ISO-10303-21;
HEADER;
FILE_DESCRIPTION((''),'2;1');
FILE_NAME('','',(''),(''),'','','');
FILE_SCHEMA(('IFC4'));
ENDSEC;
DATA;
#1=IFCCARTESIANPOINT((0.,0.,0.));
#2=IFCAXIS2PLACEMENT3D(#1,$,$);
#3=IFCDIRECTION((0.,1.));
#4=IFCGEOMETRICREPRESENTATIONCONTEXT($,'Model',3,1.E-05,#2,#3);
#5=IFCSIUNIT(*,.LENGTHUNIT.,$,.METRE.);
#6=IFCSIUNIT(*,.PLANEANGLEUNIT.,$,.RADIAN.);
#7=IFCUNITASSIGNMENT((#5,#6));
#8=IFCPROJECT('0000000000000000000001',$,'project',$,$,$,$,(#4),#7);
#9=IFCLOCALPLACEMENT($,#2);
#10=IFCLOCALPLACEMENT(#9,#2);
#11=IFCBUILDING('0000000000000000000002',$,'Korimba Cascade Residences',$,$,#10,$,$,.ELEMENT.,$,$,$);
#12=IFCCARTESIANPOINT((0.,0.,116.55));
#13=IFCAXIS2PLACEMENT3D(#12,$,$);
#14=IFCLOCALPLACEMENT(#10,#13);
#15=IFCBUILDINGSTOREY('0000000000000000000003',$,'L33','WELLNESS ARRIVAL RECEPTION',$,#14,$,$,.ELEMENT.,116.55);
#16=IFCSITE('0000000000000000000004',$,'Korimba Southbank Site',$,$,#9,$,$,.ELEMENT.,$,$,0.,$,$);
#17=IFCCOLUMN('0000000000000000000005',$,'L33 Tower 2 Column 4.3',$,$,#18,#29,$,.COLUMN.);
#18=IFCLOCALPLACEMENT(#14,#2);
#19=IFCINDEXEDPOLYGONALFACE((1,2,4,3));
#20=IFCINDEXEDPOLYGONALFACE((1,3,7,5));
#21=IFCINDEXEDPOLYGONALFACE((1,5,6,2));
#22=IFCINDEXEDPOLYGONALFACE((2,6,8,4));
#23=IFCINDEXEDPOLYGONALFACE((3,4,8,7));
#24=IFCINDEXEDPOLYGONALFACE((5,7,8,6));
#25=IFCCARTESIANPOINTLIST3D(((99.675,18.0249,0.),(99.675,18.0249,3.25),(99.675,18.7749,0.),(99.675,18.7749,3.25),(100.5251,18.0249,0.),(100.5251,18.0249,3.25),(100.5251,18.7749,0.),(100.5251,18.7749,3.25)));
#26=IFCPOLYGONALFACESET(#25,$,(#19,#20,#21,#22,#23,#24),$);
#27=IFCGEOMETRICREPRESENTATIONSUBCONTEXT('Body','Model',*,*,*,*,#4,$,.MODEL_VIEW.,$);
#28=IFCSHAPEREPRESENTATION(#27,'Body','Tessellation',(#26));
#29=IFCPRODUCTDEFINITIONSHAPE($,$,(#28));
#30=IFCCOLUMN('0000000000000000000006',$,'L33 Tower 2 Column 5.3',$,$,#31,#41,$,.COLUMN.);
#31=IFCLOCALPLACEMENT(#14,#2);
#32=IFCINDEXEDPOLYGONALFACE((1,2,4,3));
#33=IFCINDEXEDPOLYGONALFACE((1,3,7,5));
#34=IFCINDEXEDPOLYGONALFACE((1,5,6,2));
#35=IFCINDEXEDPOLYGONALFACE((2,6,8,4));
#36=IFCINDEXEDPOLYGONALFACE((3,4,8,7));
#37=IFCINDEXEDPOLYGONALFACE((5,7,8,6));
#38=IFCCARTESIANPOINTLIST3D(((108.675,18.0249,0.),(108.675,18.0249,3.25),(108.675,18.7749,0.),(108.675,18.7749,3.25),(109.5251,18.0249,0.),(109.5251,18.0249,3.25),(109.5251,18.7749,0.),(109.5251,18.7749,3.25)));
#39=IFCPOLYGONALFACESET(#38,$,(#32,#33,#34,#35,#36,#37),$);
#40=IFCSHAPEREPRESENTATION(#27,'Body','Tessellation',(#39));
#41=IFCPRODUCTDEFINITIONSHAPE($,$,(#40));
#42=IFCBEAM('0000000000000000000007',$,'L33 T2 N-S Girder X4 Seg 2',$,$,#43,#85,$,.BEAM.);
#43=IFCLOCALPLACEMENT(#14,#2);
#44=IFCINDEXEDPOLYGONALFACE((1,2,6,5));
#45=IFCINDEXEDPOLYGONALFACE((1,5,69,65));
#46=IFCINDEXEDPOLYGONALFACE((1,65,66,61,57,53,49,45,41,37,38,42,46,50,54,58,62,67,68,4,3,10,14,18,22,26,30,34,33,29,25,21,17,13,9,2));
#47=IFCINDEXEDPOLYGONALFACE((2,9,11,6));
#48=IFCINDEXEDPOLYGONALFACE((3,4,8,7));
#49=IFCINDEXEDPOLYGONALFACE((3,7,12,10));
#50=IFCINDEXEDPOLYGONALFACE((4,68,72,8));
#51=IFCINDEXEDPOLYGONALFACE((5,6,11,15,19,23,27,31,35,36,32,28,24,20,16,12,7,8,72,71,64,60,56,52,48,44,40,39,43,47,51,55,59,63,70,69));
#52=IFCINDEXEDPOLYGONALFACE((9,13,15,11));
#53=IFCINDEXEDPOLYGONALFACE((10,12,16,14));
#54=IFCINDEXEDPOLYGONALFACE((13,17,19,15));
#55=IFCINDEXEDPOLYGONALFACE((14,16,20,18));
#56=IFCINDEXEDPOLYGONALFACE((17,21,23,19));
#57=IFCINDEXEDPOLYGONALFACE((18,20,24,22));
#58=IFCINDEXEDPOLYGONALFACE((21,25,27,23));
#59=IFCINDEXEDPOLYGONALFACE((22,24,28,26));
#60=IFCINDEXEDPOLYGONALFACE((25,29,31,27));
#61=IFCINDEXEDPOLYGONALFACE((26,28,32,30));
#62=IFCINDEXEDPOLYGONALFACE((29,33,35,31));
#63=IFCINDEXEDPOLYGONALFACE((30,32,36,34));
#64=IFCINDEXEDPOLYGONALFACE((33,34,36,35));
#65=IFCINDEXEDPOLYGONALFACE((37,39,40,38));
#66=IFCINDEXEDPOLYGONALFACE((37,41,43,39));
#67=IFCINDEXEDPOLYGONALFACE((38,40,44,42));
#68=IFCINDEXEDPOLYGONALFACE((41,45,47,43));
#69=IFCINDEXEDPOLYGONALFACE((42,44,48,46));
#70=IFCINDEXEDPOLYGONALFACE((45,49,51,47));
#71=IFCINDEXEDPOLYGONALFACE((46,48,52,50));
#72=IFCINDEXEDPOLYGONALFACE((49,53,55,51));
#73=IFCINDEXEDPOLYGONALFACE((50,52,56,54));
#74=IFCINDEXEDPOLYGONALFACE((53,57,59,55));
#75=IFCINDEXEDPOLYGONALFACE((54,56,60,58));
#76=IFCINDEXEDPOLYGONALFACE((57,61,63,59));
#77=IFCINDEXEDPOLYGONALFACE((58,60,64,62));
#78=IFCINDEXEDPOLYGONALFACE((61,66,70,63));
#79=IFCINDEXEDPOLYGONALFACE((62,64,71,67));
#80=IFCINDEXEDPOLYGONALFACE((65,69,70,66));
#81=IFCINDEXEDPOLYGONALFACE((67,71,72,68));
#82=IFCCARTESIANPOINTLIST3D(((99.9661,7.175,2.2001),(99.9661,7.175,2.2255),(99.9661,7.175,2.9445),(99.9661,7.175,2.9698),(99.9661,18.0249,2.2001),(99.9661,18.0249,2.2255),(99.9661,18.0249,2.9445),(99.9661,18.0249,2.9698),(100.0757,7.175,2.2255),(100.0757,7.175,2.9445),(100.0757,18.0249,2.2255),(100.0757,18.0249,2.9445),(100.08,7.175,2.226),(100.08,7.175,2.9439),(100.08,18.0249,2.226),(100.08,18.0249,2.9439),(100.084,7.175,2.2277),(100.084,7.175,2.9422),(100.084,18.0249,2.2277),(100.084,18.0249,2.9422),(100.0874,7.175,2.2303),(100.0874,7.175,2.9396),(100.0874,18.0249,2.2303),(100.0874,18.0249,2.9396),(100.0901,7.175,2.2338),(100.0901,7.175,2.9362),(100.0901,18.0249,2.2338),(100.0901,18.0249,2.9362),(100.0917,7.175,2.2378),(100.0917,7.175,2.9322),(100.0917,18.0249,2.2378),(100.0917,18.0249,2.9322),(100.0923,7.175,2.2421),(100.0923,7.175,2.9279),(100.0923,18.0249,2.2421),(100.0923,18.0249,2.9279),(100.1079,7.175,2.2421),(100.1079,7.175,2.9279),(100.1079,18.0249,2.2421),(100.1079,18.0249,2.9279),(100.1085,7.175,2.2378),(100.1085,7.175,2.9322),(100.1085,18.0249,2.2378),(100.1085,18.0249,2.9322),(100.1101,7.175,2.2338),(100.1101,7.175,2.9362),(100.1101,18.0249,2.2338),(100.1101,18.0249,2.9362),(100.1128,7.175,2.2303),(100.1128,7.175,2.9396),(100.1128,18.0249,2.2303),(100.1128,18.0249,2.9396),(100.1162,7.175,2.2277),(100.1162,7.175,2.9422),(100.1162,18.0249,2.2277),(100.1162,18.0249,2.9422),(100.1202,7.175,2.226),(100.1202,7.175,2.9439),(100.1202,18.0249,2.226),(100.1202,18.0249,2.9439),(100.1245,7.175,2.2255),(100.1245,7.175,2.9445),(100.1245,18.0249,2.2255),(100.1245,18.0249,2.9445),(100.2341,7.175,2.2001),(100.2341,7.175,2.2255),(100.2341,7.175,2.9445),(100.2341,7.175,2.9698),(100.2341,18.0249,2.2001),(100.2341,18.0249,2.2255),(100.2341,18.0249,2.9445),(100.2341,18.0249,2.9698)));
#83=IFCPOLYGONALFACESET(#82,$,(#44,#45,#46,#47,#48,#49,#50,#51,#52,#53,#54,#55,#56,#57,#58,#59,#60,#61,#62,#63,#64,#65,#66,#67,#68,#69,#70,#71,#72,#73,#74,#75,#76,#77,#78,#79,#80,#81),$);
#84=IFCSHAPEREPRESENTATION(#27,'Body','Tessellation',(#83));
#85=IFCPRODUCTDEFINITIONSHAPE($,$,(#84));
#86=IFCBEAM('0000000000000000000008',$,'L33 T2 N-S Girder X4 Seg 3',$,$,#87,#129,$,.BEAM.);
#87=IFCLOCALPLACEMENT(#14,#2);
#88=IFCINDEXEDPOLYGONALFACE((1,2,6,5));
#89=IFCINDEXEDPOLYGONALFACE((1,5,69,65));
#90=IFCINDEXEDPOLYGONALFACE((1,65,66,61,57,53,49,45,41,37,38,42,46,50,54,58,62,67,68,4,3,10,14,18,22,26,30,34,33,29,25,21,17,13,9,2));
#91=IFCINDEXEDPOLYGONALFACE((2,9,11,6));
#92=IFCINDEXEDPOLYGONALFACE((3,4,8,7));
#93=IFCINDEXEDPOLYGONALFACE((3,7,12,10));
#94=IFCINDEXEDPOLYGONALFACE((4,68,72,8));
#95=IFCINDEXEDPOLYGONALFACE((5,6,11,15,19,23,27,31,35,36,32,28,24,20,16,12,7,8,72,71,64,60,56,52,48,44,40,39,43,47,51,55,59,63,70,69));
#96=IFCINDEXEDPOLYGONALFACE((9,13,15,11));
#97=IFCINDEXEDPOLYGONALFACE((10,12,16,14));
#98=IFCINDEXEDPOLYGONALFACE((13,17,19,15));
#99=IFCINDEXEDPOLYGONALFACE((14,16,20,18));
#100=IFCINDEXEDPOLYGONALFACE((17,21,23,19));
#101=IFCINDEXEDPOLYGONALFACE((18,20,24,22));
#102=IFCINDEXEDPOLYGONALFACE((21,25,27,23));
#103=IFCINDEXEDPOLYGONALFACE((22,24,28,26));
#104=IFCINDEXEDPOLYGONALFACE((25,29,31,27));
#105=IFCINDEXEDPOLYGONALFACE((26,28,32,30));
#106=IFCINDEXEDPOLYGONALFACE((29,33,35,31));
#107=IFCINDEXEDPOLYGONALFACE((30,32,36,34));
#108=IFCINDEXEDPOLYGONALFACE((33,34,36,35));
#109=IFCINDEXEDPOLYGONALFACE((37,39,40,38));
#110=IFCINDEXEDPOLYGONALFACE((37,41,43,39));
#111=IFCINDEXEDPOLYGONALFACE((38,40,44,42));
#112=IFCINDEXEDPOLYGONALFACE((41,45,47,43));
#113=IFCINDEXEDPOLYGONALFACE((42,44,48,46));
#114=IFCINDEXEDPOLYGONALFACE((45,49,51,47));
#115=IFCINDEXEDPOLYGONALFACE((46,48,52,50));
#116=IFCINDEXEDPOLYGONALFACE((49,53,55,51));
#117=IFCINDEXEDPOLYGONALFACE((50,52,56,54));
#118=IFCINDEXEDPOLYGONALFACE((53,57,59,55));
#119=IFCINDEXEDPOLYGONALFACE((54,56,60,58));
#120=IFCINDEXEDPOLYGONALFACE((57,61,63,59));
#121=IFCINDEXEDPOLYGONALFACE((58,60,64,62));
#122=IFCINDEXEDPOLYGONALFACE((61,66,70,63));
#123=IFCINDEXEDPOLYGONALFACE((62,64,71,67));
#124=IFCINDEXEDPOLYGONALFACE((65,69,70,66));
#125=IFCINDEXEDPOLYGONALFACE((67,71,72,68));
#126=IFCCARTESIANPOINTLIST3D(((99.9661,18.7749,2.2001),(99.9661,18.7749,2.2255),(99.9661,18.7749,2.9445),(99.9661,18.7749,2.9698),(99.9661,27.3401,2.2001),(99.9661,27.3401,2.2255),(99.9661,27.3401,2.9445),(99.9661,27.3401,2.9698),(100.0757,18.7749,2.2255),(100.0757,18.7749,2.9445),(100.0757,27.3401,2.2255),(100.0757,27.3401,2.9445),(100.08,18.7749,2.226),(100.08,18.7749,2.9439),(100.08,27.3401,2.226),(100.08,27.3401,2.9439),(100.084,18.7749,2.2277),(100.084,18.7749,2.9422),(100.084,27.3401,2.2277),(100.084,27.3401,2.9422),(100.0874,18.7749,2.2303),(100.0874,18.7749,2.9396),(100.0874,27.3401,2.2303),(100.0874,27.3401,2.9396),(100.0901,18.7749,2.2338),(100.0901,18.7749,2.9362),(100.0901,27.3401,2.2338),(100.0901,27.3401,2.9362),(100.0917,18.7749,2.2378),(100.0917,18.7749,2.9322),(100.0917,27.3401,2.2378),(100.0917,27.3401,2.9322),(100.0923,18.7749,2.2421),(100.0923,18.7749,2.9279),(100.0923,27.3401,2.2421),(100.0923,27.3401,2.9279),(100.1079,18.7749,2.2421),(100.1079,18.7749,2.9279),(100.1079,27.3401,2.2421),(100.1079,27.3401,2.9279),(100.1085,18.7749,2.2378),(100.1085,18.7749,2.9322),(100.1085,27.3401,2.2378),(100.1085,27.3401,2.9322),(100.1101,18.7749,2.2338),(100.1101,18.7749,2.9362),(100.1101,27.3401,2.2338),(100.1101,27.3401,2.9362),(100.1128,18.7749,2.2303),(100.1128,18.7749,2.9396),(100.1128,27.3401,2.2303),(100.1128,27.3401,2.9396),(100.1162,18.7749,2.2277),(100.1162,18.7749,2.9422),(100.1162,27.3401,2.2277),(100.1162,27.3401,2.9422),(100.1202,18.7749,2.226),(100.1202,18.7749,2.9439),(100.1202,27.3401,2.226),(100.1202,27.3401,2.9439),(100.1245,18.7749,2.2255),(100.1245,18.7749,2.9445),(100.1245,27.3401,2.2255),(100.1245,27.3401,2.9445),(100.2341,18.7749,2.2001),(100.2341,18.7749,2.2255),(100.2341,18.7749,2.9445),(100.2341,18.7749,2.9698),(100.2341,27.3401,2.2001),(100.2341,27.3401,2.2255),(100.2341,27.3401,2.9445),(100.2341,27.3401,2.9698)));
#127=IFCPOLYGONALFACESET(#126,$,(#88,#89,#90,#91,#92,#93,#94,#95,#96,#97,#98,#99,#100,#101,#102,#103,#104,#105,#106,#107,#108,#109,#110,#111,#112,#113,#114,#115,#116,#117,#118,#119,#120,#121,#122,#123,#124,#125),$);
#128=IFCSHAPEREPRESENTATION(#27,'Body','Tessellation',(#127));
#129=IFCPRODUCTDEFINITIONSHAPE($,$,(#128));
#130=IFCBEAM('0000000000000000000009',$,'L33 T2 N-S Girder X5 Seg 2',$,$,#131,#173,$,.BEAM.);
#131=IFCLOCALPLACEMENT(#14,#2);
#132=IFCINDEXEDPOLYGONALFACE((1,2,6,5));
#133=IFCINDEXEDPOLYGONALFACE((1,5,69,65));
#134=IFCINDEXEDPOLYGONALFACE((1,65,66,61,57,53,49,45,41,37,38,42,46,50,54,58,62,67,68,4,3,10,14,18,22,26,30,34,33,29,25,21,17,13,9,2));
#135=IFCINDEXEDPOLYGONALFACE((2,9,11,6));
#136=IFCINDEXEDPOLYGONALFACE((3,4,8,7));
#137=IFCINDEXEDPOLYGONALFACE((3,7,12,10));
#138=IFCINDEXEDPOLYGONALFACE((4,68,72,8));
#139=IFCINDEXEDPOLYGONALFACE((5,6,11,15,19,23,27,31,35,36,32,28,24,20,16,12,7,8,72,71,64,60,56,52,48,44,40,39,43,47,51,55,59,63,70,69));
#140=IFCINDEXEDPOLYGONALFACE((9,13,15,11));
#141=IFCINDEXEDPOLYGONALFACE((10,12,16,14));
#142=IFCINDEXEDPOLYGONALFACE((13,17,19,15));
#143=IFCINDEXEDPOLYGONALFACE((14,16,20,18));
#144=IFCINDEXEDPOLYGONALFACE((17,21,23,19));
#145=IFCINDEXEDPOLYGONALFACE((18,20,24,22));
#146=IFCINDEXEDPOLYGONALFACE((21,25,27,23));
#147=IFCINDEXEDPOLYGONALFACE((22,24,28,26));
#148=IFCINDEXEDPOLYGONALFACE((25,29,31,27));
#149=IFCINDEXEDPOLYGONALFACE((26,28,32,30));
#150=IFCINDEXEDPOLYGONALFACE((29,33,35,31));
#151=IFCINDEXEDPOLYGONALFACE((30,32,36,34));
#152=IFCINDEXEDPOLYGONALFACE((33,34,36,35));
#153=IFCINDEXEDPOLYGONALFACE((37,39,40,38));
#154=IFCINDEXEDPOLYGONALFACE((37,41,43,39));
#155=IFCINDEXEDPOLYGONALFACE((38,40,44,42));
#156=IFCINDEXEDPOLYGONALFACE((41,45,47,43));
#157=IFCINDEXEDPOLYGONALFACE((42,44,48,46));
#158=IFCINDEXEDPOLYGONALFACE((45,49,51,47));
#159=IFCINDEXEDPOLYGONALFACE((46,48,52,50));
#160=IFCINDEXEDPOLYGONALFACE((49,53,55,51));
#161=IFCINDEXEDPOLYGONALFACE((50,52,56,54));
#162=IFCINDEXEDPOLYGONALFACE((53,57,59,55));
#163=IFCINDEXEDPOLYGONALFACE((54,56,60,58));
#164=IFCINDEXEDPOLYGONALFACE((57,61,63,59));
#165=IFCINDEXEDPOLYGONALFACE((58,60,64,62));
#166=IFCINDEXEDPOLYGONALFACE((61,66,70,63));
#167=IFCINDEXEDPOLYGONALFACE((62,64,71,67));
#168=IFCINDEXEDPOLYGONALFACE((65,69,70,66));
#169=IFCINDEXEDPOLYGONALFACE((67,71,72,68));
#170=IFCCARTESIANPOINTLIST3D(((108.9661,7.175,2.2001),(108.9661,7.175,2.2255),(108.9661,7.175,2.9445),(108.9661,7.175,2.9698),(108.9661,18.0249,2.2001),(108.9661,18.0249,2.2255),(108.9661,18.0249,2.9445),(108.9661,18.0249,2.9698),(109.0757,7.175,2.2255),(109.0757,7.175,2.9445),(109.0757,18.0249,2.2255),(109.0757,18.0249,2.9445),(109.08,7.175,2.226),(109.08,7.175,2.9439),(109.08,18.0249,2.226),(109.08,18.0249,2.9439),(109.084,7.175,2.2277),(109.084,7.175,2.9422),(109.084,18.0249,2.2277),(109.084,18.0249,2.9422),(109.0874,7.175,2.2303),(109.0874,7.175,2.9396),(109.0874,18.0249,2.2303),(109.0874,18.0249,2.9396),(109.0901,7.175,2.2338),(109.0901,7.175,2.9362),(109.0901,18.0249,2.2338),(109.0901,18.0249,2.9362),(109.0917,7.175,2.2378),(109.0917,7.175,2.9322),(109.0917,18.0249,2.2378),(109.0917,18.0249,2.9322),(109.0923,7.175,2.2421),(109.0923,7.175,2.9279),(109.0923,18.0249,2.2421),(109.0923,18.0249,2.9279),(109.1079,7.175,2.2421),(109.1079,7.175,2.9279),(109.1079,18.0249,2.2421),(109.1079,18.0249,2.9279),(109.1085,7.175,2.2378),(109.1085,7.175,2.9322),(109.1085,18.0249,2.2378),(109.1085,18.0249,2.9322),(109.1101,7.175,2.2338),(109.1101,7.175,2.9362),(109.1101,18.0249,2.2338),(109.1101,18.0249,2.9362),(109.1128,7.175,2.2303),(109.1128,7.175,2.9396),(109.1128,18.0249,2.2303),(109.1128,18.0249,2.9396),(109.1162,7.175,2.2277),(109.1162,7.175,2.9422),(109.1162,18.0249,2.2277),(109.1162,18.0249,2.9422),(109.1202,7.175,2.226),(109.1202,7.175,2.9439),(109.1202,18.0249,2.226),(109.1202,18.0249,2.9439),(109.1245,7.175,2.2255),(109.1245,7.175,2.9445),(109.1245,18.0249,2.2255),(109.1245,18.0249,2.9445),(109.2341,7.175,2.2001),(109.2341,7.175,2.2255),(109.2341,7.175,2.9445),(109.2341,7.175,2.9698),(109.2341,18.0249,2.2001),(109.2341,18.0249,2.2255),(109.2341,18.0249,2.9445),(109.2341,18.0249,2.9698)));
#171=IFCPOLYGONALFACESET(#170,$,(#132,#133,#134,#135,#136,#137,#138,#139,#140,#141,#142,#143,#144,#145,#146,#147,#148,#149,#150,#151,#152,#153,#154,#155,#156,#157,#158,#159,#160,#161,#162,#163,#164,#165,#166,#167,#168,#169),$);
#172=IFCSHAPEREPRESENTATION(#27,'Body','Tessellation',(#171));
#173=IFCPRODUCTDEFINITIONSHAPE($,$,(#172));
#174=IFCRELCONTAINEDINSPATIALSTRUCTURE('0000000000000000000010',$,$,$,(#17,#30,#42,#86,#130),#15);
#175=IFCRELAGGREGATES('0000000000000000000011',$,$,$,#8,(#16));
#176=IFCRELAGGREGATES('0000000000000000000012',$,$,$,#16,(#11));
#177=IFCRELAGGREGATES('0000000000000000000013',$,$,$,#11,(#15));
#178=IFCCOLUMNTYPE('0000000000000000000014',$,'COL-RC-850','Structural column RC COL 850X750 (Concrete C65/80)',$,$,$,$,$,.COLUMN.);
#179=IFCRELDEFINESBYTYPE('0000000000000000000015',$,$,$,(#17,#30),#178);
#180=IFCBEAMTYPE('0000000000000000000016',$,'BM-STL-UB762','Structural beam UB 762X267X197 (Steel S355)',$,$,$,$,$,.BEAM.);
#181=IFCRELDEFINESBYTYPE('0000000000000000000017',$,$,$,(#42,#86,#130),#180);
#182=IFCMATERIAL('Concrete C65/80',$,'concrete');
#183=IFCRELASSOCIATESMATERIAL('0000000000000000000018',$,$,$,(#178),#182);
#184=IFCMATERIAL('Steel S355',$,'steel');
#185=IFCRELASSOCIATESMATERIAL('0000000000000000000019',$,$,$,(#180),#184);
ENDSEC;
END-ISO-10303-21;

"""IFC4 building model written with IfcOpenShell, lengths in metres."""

from ifc_helpers import new_model, si_unit, direction, frame, origin, origin_2d, place, context, subcontext, project, spatial, rectangle, i_section, extrude, material, material_profile, profile_set, type_object, element, save


model = new_model("IFC4")

# Units and contexts
model_context = context("Model", 3, precision=1e-05, world=origin(), true_north=direction((0.0, 1.0)))
body_context = subcontext(model_context, "Body", "Model", "MODEL_VIEW")
ifc_project = project(units=[si_unit("LENGTHUNIT", "METRE"), si_unit("PLANEANGLEUNIT", "RADIAN")], contexts=[model_context])

# Site, building, storey
site_placement = place(None, origin())
site = spatial("IfcSite", under=ifc_project, at=site_placement, Name="Korimba Southbank Site", CompositionType="ELEMENT", RefElevation=0.0)
building_placement = place(site_placement, origin())
building = spatial("IfcBuilding", under=site, at=building_placement, Name="Korimba Cascade Residences", CompositionType="ELEMENT")
storey_placement = place(building_placement, frame((0.0, 0.0, 116.55)))
storey = spatial("IfcBuildingStorey", under=building, at=storey_placement, Name="L33", Description="WELLNESS ARRIVAL RECEPTION", CompositionType="ELEMENT", Elevation=116.55)

# Columns
ifc_material_1 = material(Name="Concrete C65/80", Category="concrete")
ifc_material_profile_1 = material_profile(ifc_material_1, rectangle(XDim=0.8501, YDim=0.75, at=origin_2d()), Name="Concrete C65/80")
ifc_profile_set_1 = profile_set([ifc_material_profile_1], Name="Concrete C65/80")
column_type = type_object("IfcColumnType", Name="COL-RC-850", Description="Structural column RC COL 850X750 (Concrete C65/80)", PredefinedType="COLUMN", material=ifc_profile_set_1)
for number, where, z_axis, x_axis, name in (
    (1, (100.1001, 18.3999, 0.0), (0.0, 0.0, 1.0), (1.0, 0.0, 0.0), "L33 Tower 2 Column 4.3"),
    (2, (109.1001, 18.3999, 0.0), (0.0, 0.0, 1.0), (1.0, 0.0, 0.0), "L33 Tower 2 Column 5.3"),
):
    element("IfcColumn", number, at=place(storey_placement, frame(where, z_axis=z_axis, x_axis=x_axis)), inside=storey, type_object=column_type, Name=name, PredefinedType="COLUMN", context=body_context, shape_type="SweptSolid", body=[
        extrude(rectangle(XDim=0.8501, YDim=0.75, at=origin_2d()), origin(), (0.0, 0.0, 1.0), 3.25),
    ])

# Beams
ifc_material_2 = material(Name="Steel S355", Category="steel")
ifc_material_profile_2 = material_profile(ifc_material_2, i_section(OverallWidth=0.2681, OverallDepth=0.7698, WebThickness=0.0156, FlangeThickness=0.0254, FilletRadius=0.0166, at=origin_2d()), Name="Steel S355")
ifc_profile_set_2 = profile_set([ifc_material_profile_2], Name="Steel S355")
beam_type = type_object("IfcBeamType", Name="BM-STL-UB762", Description="Structural beam UB 762X267X197 (Steel S355)", PredefinedType="BEAM", material=ifc_profile_set_2)
beam_1_placement = place(storey_placement, frame((100.1001, 7.175, 2.585), z_axis=(0.0, 1.0, 0.0), x_axis=(-1.0, 0.0, 0.0)))
element("IfcBeam", 3, at=beam_1_placement, inside=storey, type_object=beam_type, Name="L33 T2 N-S Girder X4 Seg 2", PredefinedType="BEAM", context=body_context, shape_type="SweptSolid", body=[
    extrude(i_section(OverallWidth=0.2681, OverallDepth=0.7698, WebThickness=0.0156, FlangeThickness=0.0254, FilletRadius=0.0166, at=origin_2d()), origin(), (0.0, 0.0, 1.0), 10.8499),
])
beam_2_placement = place(storey_placement, frame((100.1001, 18.7749, 2.585), z_axis=(0.0, 1.0, 0.0), x_axis=(-1.0, 0.0, 0.0)))
element("IfcBeam", 4, at=beam_2_placement, inside=storey, type_object=beam_type, Name="L33 T2 N-S Girder X4 Seg 3", PredefinedType="BEAM", context=body_context, shape_type="SweptSolid", body=[
    extrude(i_section(OverallWidth=0.2681, OverallDepth=0.7698, WebThickness=0.0156, FlangeThickness=0.0254, FilletRadius=0.0166, at=origin_2d()), origin(), (0.0, 0.0, 1.0), 8.5652),
])
beam_3_placement = place(storey_placement, frame((109.1001, 7.175, 2.585), z_axis=(0.0, 1.0, 0.0), x_axis=(-1.0, 0.0, 0.0)))
element("IfcBeam", 5, at=beam_3_placement, inside=storey, type_object=beam_type, Name="L33 T2 N-S Girder X5 Seg 2", PredefinedType="BEAM", context=body_context, shape_type="SweptSolid", body=[
    extrude(i_section(OverallWidth=0.2681, OverallDepth=0.7698, WebThickness=0.0156, FlangeThickness=0.0254, FilletRadius=0.0166, at=origin_2d()), origin(), (0.0, 0.0, 1.0), 10.8499),
])

save(model, "model.ifc")
